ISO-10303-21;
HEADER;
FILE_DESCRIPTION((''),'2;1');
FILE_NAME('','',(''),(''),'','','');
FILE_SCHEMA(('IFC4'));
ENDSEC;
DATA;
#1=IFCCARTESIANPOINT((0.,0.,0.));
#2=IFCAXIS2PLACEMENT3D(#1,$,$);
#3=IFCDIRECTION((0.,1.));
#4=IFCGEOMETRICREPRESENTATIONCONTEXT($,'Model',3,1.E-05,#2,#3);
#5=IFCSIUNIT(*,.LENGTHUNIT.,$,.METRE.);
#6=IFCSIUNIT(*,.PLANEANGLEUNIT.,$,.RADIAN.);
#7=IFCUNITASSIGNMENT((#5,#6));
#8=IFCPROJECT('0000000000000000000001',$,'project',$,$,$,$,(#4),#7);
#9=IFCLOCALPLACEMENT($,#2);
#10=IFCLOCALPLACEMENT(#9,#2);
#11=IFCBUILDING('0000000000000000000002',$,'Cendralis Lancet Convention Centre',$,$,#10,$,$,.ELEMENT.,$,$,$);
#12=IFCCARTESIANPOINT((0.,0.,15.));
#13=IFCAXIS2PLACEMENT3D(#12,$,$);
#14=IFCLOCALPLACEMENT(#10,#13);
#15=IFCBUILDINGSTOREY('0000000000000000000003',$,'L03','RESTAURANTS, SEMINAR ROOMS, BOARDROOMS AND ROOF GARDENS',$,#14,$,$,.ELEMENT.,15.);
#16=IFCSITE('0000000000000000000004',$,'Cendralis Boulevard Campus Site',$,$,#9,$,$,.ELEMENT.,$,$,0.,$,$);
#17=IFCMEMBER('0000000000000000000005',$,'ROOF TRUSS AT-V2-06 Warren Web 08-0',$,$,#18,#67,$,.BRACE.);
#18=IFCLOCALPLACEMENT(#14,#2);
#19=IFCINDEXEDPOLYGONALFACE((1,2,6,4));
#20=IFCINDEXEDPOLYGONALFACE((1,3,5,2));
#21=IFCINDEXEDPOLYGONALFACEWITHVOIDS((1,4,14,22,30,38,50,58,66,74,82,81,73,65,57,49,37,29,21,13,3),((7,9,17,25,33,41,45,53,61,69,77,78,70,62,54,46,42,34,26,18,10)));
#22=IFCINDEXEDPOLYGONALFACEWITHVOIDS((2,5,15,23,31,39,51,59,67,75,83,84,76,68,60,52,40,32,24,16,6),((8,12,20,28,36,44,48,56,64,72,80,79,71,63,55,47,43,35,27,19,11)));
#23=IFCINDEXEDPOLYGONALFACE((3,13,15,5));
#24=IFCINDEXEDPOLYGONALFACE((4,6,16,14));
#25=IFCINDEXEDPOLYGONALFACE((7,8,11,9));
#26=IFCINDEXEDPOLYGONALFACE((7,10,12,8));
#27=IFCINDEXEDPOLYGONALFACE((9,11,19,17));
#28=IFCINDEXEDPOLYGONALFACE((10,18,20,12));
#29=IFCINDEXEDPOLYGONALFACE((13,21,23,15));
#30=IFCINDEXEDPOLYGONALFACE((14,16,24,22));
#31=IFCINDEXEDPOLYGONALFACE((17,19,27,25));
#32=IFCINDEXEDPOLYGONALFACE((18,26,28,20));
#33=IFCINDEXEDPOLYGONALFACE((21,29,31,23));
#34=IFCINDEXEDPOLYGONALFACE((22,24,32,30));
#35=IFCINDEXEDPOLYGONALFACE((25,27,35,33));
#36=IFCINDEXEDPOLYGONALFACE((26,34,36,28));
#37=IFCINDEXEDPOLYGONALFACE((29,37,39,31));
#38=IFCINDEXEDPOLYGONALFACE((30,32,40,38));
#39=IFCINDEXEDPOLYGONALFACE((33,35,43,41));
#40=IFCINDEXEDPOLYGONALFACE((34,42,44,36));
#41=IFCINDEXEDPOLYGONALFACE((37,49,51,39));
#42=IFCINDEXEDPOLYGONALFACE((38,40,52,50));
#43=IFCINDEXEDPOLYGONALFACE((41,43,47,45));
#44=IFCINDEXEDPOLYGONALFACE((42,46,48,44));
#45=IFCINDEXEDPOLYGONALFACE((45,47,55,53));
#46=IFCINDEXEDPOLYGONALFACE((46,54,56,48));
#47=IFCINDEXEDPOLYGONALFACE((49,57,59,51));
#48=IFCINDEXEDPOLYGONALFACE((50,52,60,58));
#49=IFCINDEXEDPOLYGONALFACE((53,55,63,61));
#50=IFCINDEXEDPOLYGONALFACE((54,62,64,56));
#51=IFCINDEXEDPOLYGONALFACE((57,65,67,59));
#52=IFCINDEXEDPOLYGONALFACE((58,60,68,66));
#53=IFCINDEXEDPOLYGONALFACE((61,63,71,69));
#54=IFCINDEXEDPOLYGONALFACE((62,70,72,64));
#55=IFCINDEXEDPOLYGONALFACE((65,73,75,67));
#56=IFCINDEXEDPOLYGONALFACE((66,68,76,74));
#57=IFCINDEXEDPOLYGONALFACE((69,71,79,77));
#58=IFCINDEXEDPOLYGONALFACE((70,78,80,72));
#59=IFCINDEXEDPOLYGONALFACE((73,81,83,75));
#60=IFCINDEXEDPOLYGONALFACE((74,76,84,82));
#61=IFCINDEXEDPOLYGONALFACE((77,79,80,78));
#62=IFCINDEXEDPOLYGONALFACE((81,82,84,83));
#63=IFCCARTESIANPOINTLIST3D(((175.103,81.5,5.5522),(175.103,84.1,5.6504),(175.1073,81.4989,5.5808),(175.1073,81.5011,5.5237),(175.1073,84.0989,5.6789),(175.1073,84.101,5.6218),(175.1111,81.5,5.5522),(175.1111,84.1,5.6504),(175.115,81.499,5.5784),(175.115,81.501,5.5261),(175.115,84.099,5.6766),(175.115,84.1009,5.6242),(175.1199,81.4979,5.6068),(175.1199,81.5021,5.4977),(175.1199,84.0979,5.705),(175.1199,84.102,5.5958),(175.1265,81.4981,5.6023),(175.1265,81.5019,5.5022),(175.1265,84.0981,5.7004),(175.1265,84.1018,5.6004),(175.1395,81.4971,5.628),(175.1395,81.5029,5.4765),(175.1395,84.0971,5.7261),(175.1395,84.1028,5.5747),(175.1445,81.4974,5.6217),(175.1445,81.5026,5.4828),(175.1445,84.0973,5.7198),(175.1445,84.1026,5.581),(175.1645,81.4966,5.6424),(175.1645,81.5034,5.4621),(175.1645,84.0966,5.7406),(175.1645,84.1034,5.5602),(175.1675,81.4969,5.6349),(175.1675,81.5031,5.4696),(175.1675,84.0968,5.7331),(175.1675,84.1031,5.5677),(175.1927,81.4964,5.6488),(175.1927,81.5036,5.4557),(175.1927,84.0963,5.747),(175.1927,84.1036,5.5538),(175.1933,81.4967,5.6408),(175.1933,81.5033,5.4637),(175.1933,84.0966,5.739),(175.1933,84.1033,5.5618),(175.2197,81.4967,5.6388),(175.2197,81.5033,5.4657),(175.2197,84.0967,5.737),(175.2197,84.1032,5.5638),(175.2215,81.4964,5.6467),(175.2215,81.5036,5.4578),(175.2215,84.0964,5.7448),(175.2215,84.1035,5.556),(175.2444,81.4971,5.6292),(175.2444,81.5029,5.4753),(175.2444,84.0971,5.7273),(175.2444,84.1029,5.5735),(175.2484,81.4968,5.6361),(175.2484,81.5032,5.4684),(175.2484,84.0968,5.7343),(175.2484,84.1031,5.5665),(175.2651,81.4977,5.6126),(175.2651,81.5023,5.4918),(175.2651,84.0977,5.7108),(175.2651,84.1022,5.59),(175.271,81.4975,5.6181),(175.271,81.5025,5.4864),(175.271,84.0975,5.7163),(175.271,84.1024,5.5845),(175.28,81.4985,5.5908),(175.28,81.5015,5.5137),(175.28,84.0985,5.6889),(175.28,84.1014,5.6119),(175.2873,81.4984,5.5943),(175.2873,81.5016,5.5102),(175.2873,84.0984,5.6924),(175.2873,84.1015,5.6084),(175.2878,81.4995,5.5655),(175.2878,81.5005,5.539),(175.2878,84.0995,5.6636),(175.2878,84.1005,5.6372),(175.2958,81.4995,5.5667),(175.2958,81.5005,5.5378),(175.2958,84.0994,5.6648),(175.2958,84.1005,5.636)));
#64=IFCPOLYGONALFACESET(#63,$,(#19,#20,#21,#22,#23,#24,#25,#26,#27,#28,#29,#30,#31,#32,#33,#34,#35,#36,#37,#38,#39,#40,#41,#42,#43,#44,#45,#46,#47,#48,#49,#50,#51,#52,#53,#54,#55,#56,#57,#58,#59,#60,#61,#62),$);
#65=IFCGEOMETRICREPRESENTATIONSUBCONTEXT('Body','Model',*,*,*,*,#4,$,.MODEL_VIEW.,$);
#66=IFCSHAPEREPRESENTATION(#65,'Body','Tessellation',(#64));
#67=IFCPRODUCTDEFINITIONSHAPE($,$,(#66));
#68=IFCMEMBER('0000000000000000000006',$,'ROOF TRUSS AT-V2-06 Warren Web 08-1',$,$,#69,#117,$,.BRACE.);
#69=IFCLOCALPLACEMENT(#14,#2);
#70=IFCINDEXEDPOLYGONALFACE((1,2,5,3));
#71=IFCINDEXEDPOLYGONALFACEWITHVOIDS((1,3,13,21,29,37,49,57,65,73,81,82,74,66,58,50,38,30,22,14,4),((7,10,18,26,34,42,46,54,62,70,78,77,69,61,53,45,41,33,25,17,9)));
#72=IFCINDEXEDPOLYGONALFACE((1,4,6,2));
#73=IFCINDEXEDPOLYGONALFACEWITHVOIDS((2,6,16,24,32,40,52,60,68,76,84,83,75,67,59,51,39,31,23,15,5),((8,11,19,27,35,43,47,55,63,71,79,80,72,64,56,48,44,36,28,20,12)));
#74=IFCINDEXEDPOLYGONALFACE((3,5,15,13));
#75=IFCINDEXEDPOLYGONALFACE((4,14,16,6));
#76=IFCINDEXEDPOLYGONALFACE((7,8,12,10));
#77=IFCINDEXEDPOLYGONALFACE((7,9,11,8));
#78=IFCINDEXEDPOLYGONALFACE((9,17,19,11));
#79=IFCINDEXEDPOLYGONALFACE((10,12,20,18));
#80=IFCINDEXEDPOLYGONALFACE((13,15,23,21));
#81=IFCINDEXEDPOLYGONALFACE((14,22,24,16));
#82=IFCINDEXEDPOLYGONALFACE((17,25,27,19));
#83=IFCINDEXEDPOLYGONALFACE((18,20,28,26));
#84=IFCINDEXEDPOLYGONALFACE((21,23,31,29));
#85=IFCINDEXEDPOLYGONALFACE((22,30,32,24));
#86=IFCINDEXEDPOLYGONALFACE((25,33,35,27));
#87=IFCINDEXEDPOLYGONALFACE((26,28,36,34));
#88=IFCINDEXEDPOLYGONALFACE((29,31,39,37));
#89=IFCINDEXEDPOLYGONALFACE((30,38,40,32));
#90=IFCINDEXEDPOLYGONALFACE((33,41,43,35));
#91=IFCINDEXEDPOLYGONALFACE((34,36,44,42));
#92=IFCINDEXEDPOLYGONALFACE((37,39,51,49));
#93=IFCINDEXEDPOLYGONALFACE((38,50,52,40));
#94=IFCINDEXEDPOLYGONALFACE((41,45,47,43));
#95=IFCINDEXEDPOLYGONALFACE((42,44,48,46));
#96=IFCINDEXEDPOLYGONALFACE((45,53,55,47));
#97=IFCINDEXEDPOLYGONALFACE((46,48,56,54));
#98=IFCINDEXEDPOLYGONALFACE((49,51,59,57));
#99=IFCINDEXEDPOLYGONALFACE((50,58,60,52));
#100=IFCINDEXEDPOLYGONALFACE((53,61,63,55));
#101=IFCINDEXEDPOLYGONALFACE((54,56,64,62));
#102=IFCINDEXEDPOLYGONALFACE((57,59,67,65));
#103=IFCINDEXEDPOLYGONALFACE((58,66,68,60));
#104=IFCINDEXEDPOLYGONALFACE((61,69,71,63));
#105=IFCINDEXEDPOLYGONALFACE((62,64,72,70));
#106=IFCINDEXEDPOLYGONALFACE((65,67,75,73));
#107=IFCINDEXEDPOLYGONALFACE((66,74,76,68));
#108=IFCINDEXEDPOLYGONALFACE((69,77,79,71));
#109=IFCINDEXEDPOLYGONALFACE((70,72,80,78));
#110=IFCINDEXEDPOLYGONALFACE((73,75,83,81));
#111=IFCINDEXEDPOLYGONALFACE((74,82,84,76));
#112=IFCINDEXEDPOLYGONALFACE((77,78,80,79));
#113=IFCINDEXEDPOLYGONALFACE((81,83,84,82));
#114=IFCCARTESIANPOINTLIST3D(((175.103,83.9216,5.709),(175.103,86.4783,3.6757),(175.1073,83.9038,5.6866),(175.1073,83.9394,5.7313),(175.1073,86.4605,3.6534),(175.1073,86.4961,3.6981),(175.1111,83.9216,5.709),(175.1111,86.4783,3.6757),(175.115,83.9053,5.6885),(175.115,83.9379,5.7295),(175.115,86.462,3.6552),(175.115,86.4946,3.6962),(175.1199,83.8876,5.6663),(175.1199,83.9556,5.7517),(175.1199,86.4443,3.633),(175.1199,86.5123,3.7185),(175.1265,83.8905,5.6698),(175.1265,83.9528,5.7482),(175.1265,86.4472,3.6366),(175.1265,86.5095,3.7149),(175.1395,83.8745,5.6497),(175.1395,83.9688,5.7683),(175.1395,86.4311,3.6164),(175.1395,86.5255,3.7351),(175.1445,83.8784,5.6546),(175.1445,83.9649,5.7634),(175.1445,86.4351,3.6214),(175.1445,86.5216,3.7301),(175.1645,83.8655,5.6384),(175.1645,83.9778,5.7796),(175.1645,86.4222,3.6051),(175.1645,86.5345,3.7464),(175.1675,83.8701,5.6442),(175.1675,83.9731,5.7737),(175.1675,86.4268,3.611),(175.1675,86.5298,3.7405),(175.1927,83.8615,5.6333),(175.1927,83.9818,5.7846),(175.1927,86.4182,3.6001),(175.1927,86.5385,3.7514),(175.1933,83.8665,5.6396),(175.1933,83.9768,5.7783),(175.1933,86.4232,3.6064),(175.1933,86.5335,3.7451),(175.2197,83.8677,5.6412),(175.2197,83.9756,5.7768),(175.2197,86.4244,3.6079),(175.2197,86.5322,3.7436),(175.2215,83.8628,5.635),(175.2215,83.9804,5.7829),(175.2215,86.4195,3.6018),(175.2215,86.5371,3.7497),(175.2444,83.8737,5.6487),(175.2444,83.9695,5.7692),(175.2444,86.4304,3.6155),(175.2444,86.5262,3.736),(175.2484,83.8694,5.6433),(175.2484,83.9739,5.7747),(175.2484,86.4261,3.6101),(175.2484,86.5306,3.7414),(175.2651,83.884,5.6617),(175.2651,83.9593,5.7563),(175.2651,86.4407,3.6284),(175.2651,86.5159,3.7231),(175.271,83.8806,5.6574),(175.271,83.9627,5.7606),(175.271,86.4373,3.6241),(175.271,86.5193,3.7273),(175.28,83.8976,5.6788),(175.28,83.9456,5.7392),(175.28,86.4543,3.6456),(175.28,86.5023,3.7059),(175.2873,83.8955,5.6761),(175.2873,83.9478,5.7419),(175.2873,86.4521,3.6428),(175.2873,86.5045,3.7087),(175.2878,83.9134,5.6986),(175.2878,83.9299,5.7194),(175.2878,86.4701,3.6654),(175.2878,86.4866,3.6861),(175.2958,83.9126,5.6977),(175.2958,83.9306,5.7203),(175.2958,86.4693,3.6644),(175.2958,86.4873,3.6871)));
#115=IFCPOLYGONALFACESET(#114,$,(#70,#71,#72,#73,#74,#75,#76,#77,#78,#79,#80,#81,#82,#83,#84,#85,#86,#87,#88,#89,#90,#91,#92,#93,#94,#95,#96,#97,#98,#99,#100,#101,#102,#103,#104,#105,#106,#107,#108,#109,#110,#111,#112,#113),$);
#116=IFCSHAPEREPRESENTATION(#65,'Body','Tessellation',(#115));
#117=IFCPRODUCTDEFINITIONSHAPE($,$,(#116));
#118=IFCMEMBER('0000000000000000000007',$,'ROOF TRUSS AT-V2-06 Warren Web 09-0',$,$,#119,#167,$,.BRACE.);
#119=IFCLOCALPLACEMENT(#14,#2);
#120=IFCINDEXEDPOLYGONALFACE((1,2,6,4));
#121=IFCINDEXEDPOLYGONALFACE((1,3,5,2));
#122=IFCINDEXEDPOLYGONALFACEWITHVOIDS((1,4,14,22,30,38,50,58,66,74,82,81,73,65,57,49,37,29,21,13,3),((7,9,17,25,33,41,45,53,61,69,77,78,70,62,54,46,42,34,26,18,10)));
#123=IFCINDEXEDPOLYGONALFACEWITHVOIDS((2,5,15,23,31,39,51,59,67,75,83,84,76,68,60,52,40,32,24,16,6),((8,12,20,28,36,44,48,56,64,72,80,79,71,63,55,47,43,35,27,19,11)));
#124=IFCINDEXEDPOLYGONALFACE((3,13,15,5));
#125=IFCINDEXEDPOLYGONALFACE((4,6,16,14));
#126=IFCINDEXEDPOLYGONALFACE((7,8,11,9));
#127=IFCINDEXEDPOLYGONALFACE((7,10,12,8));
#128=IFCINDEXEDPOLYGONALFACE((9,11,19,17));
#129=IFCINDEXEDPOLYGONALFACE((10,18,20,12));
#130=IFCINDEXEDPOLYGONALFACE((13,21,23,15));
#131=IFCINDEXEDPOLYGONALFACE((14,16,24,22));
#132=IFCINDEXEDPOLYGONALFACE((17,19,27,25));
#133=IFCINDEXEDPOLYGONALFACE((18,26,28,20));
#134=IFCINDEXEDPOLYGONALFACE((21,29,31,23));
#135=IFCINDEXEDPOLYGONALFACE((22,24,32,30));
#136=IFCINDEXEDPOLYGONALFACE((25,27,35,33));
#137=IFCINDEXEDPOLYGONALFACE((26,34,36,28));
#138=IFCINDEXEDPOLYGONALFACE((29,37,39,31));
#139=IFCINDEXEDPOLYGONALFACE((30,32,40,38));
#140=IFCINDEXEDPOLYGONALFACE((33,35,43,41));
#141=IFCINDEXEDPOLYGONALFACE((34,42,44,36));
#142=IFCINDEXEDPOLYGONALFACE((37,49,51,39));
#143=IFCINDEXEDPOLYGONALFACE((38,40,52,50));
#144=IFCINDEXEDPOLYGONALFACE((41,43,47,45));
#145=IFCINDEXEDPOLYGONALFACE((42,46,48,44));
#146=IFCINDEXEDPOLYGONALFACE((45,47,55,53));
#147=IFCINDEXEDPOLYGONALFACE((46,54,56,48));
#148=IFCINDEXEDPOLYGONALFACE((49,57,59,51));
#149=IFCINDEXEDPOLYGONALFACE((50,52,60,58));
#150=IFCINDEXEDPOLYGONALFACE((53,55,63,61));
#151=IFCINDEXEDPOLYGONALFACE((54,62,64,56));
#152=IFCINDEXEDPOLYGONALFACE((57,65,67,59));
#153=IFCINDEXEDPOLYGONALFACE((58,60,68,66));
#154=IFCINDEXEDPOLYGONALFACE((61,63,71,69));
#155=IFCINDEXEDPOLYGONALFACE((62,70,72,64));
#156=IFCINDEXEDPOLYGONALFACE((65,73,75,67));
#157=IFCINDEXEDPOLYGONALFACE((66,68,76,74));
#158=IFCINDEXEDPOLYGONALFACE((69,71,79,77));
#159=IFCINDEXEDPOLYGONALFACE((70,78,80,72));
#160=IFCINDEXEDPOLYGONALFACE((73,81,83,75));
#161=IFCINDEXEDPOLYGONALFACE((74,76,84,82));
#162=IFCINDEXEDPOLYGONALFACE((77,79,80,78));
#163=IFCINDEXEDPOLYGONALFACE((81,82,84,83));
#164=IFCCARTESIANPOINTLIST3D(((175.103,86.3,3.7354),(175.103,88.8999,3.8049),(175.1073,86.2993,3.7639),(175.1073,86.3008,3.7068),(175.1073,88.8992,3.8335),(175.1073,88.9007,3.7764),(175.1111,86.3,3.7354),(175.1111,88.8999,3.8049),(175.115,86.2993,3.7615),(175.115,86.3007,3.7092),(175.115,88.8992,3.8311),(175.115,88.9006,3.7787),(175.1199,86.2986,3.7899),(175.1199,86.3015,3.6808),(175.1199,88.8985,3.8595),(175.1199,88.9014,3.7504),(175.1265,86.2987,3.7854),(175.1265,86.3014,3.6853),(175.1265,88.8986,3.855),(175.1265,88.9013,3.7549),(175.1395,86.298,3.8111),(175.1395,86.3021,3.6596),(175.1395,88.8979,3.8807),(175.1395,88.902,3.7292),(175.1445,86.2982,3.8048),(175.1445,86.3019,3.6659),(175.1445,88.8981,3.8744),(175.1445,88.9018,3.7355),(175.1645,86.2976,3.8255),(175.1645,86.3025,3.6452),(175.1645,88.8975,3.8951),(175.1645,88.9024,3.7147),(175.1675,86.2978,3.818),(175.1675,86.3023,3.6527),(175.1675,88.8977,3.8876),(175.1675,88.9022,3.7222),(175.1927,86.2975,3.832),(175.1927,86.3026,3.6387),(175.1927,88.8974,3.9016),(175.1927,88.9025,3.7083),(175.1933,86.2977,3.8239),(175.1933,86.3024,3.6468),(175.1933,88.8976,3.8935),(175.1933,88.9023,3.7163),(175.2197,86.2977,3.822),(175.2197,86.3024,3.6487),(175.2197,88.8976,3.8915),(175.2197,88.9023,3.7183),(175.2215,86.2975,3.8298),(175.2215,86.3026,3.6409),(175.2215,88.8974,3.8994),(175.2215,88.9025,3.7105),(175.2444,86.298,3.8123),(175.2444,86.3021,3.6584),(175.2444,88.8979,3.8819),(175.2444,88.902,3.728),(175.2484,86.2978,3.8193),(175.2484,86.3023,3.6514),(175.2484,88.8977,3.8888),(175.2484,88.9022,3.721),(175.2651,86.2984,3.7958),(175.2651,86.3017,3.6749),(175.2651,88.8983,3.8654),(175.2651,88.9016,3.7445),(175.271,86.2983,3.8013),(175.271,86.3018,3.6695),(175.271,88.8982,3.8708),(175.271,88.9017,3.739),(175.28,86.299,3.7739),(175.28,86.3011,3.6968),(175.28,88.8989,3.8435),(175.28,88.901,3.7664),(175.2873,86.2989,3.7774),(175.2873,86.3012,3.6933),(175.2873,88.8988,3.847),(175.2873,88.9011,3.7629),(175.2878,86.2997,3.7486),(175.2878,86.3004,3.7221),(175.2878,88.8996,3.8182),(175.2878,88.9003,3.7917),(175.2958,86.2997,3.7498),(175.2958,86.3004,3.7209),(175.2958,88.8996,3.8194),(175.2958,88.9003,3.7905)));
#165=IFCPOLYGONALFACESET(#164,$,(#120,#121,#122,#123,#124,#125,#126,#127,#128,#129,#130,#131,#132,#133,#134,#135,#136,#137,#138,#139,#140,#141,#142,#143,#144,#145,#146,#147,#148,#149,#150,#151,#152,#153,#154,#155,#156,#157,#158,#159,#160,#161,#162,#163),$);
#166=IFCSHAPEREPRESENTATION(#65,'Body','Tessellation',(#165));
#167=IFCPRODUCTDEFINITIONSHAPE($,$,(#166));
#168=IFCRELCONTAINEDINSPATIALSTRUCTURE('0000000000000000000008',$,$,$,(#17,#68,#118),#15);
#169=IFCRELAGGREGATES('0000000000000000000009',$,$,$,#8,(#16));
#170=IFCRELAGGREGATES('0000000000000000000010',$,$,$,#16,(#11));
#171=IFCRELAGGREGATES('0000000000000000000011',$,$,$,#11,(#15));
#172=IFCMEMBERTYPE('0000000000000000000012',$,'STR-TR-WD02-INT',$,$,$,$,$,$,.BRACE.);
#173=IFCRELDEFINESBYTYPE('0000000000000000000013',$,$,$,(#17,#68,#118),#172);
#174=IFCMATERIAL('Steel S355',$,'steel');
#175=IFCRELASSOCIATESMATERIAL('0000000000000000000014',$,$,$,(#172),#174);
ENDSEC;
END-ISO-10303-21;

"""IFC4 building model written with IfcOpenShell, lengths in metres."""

from ifc_helpers import new_model, si_unit, direction, frame, origin, origin_2d, place, context, subcontext, project, spatial, hollow_circle, extrude, material, material_profile, profile_set, type_object, element, save


model = new_model("IFC4")

# Units and contexts
model_context = context("Model", 3, precision=1e-05, world=origin(), true_north=direction((0.0, 1.0)))
body_context = subcontext(model_context, "Body", "Model", "MODEL_VIEW")
ifc_project = project(units=[si_unit("LENGTHUNIT", "METRE"), si_unit("PLANEANGLEUNIT", "RADIAN")], contexts=[model_context])

# Site, building, storey
site_placement = place(None, origin())
site = spatial("IfcSite", under=ifc_project, at=site_placement, Name="Cendralis Boulevard Campus Site", CompositionType="ELEMENT", RefElevation=0.0)
building_placement = place(site_placement, origin())
building = spatial("IfcBuilding", under=site, at=building_placement, Name="Cendralis Lancet Convention Centre", CompositionType="ELEMENT")
storey_placement = place(building_placement, frame((0.0, 0.0, 15.0)))
storey = spatial("IfcBuildingStorey", under=building, at=storey_placement, Name="L03", Description="RESTAURANTS, SEMINAR ROOMS, BOARDROOMS AND ROOF GARDENS", CompositionType="ELEMENT", Elevation=15.0)

# Members
ifc_material_1 = material(Name="Steel S355", Category="steel")
ifc_material_profile_1 = material_profile(ifc_material_1, hollow_circle(Radius=0.0969, WallThickness=0.0081, at=origin_2d()), Name="CHS 193.7x8.0")
ifc_profile_set_1 = profile_set([ifc_material_profile_1], Name="Steel S355")
member_type_1 = type_object("IfcMemberType", Name="STR-TR-WD02-INT", PredefinedType="BRACE", material=ifc_profile_set_1)
member_1_placement = place(storey_placement, frame((175.2, 81.5, 5.5522), z_axis=(0.0, 0.999288, 0.037723), x_axis=(-1.0, 0.0, 0.0)))
element("IfcMember", 1, at=member_1_placement, inside=storey, type_object=member_type_1, Name="ROOF TRUSS AT-V2-06 Warren Web 08-0", PredefinedType="BRACE", context=body_context, shape_type="SweptSolid", body=[
    extrude(hollow_circle(Radius=0.0969, WallThickness=0.0081, at=origin_2d()), origin(), (0.0, 0.0, 1.0), 2.6018),
])
member_2_placement = place(storey_placement, frame((175.2, 83.9216, 5.709), z_axis=(0.0, 0.782674, -0.622432), x_axis=(-1.0, 0.0, 0.0)))
element("IfcMember", 2, at=member_2_placement, inside=storey, type_object=member_type_1, Name="ROOF TRUSS AT-V2-06 Warren Web 08-1", PredefinedType="BRACE", context=body_context, shape_type="SweptSolid", body=[
    extrude(hollow_circle(Radius=0.0969, WallThickness=0.0081, at=origin_2d()), origin(), (0.0, 0.0, 1.0), 3.2666),
])
member_3_placement = place(storey_placement, frame((175.2, 86.3, 3.7354), z_axis=(0.0, 0.999642, 0.026753), x_axis=(-1.0, 0.0, 0.0)))
element("IfcMember", 3, at=member_3_placement, inside=storey, type_object=member_type_1, Name="ROOF TRUSS AT-V2-06 Warren Web 09-0", PredefinedType="BRACE", context=body_context, shape_type="SweptSolid", body=[
    extrude(hollow_circle(Radius=0.0969, WallThickness=0.0081, at=origin_2d()), origin(), (0.0, 0.0, 1.0), 2.6008),
])

save(model, "model.ifc")
